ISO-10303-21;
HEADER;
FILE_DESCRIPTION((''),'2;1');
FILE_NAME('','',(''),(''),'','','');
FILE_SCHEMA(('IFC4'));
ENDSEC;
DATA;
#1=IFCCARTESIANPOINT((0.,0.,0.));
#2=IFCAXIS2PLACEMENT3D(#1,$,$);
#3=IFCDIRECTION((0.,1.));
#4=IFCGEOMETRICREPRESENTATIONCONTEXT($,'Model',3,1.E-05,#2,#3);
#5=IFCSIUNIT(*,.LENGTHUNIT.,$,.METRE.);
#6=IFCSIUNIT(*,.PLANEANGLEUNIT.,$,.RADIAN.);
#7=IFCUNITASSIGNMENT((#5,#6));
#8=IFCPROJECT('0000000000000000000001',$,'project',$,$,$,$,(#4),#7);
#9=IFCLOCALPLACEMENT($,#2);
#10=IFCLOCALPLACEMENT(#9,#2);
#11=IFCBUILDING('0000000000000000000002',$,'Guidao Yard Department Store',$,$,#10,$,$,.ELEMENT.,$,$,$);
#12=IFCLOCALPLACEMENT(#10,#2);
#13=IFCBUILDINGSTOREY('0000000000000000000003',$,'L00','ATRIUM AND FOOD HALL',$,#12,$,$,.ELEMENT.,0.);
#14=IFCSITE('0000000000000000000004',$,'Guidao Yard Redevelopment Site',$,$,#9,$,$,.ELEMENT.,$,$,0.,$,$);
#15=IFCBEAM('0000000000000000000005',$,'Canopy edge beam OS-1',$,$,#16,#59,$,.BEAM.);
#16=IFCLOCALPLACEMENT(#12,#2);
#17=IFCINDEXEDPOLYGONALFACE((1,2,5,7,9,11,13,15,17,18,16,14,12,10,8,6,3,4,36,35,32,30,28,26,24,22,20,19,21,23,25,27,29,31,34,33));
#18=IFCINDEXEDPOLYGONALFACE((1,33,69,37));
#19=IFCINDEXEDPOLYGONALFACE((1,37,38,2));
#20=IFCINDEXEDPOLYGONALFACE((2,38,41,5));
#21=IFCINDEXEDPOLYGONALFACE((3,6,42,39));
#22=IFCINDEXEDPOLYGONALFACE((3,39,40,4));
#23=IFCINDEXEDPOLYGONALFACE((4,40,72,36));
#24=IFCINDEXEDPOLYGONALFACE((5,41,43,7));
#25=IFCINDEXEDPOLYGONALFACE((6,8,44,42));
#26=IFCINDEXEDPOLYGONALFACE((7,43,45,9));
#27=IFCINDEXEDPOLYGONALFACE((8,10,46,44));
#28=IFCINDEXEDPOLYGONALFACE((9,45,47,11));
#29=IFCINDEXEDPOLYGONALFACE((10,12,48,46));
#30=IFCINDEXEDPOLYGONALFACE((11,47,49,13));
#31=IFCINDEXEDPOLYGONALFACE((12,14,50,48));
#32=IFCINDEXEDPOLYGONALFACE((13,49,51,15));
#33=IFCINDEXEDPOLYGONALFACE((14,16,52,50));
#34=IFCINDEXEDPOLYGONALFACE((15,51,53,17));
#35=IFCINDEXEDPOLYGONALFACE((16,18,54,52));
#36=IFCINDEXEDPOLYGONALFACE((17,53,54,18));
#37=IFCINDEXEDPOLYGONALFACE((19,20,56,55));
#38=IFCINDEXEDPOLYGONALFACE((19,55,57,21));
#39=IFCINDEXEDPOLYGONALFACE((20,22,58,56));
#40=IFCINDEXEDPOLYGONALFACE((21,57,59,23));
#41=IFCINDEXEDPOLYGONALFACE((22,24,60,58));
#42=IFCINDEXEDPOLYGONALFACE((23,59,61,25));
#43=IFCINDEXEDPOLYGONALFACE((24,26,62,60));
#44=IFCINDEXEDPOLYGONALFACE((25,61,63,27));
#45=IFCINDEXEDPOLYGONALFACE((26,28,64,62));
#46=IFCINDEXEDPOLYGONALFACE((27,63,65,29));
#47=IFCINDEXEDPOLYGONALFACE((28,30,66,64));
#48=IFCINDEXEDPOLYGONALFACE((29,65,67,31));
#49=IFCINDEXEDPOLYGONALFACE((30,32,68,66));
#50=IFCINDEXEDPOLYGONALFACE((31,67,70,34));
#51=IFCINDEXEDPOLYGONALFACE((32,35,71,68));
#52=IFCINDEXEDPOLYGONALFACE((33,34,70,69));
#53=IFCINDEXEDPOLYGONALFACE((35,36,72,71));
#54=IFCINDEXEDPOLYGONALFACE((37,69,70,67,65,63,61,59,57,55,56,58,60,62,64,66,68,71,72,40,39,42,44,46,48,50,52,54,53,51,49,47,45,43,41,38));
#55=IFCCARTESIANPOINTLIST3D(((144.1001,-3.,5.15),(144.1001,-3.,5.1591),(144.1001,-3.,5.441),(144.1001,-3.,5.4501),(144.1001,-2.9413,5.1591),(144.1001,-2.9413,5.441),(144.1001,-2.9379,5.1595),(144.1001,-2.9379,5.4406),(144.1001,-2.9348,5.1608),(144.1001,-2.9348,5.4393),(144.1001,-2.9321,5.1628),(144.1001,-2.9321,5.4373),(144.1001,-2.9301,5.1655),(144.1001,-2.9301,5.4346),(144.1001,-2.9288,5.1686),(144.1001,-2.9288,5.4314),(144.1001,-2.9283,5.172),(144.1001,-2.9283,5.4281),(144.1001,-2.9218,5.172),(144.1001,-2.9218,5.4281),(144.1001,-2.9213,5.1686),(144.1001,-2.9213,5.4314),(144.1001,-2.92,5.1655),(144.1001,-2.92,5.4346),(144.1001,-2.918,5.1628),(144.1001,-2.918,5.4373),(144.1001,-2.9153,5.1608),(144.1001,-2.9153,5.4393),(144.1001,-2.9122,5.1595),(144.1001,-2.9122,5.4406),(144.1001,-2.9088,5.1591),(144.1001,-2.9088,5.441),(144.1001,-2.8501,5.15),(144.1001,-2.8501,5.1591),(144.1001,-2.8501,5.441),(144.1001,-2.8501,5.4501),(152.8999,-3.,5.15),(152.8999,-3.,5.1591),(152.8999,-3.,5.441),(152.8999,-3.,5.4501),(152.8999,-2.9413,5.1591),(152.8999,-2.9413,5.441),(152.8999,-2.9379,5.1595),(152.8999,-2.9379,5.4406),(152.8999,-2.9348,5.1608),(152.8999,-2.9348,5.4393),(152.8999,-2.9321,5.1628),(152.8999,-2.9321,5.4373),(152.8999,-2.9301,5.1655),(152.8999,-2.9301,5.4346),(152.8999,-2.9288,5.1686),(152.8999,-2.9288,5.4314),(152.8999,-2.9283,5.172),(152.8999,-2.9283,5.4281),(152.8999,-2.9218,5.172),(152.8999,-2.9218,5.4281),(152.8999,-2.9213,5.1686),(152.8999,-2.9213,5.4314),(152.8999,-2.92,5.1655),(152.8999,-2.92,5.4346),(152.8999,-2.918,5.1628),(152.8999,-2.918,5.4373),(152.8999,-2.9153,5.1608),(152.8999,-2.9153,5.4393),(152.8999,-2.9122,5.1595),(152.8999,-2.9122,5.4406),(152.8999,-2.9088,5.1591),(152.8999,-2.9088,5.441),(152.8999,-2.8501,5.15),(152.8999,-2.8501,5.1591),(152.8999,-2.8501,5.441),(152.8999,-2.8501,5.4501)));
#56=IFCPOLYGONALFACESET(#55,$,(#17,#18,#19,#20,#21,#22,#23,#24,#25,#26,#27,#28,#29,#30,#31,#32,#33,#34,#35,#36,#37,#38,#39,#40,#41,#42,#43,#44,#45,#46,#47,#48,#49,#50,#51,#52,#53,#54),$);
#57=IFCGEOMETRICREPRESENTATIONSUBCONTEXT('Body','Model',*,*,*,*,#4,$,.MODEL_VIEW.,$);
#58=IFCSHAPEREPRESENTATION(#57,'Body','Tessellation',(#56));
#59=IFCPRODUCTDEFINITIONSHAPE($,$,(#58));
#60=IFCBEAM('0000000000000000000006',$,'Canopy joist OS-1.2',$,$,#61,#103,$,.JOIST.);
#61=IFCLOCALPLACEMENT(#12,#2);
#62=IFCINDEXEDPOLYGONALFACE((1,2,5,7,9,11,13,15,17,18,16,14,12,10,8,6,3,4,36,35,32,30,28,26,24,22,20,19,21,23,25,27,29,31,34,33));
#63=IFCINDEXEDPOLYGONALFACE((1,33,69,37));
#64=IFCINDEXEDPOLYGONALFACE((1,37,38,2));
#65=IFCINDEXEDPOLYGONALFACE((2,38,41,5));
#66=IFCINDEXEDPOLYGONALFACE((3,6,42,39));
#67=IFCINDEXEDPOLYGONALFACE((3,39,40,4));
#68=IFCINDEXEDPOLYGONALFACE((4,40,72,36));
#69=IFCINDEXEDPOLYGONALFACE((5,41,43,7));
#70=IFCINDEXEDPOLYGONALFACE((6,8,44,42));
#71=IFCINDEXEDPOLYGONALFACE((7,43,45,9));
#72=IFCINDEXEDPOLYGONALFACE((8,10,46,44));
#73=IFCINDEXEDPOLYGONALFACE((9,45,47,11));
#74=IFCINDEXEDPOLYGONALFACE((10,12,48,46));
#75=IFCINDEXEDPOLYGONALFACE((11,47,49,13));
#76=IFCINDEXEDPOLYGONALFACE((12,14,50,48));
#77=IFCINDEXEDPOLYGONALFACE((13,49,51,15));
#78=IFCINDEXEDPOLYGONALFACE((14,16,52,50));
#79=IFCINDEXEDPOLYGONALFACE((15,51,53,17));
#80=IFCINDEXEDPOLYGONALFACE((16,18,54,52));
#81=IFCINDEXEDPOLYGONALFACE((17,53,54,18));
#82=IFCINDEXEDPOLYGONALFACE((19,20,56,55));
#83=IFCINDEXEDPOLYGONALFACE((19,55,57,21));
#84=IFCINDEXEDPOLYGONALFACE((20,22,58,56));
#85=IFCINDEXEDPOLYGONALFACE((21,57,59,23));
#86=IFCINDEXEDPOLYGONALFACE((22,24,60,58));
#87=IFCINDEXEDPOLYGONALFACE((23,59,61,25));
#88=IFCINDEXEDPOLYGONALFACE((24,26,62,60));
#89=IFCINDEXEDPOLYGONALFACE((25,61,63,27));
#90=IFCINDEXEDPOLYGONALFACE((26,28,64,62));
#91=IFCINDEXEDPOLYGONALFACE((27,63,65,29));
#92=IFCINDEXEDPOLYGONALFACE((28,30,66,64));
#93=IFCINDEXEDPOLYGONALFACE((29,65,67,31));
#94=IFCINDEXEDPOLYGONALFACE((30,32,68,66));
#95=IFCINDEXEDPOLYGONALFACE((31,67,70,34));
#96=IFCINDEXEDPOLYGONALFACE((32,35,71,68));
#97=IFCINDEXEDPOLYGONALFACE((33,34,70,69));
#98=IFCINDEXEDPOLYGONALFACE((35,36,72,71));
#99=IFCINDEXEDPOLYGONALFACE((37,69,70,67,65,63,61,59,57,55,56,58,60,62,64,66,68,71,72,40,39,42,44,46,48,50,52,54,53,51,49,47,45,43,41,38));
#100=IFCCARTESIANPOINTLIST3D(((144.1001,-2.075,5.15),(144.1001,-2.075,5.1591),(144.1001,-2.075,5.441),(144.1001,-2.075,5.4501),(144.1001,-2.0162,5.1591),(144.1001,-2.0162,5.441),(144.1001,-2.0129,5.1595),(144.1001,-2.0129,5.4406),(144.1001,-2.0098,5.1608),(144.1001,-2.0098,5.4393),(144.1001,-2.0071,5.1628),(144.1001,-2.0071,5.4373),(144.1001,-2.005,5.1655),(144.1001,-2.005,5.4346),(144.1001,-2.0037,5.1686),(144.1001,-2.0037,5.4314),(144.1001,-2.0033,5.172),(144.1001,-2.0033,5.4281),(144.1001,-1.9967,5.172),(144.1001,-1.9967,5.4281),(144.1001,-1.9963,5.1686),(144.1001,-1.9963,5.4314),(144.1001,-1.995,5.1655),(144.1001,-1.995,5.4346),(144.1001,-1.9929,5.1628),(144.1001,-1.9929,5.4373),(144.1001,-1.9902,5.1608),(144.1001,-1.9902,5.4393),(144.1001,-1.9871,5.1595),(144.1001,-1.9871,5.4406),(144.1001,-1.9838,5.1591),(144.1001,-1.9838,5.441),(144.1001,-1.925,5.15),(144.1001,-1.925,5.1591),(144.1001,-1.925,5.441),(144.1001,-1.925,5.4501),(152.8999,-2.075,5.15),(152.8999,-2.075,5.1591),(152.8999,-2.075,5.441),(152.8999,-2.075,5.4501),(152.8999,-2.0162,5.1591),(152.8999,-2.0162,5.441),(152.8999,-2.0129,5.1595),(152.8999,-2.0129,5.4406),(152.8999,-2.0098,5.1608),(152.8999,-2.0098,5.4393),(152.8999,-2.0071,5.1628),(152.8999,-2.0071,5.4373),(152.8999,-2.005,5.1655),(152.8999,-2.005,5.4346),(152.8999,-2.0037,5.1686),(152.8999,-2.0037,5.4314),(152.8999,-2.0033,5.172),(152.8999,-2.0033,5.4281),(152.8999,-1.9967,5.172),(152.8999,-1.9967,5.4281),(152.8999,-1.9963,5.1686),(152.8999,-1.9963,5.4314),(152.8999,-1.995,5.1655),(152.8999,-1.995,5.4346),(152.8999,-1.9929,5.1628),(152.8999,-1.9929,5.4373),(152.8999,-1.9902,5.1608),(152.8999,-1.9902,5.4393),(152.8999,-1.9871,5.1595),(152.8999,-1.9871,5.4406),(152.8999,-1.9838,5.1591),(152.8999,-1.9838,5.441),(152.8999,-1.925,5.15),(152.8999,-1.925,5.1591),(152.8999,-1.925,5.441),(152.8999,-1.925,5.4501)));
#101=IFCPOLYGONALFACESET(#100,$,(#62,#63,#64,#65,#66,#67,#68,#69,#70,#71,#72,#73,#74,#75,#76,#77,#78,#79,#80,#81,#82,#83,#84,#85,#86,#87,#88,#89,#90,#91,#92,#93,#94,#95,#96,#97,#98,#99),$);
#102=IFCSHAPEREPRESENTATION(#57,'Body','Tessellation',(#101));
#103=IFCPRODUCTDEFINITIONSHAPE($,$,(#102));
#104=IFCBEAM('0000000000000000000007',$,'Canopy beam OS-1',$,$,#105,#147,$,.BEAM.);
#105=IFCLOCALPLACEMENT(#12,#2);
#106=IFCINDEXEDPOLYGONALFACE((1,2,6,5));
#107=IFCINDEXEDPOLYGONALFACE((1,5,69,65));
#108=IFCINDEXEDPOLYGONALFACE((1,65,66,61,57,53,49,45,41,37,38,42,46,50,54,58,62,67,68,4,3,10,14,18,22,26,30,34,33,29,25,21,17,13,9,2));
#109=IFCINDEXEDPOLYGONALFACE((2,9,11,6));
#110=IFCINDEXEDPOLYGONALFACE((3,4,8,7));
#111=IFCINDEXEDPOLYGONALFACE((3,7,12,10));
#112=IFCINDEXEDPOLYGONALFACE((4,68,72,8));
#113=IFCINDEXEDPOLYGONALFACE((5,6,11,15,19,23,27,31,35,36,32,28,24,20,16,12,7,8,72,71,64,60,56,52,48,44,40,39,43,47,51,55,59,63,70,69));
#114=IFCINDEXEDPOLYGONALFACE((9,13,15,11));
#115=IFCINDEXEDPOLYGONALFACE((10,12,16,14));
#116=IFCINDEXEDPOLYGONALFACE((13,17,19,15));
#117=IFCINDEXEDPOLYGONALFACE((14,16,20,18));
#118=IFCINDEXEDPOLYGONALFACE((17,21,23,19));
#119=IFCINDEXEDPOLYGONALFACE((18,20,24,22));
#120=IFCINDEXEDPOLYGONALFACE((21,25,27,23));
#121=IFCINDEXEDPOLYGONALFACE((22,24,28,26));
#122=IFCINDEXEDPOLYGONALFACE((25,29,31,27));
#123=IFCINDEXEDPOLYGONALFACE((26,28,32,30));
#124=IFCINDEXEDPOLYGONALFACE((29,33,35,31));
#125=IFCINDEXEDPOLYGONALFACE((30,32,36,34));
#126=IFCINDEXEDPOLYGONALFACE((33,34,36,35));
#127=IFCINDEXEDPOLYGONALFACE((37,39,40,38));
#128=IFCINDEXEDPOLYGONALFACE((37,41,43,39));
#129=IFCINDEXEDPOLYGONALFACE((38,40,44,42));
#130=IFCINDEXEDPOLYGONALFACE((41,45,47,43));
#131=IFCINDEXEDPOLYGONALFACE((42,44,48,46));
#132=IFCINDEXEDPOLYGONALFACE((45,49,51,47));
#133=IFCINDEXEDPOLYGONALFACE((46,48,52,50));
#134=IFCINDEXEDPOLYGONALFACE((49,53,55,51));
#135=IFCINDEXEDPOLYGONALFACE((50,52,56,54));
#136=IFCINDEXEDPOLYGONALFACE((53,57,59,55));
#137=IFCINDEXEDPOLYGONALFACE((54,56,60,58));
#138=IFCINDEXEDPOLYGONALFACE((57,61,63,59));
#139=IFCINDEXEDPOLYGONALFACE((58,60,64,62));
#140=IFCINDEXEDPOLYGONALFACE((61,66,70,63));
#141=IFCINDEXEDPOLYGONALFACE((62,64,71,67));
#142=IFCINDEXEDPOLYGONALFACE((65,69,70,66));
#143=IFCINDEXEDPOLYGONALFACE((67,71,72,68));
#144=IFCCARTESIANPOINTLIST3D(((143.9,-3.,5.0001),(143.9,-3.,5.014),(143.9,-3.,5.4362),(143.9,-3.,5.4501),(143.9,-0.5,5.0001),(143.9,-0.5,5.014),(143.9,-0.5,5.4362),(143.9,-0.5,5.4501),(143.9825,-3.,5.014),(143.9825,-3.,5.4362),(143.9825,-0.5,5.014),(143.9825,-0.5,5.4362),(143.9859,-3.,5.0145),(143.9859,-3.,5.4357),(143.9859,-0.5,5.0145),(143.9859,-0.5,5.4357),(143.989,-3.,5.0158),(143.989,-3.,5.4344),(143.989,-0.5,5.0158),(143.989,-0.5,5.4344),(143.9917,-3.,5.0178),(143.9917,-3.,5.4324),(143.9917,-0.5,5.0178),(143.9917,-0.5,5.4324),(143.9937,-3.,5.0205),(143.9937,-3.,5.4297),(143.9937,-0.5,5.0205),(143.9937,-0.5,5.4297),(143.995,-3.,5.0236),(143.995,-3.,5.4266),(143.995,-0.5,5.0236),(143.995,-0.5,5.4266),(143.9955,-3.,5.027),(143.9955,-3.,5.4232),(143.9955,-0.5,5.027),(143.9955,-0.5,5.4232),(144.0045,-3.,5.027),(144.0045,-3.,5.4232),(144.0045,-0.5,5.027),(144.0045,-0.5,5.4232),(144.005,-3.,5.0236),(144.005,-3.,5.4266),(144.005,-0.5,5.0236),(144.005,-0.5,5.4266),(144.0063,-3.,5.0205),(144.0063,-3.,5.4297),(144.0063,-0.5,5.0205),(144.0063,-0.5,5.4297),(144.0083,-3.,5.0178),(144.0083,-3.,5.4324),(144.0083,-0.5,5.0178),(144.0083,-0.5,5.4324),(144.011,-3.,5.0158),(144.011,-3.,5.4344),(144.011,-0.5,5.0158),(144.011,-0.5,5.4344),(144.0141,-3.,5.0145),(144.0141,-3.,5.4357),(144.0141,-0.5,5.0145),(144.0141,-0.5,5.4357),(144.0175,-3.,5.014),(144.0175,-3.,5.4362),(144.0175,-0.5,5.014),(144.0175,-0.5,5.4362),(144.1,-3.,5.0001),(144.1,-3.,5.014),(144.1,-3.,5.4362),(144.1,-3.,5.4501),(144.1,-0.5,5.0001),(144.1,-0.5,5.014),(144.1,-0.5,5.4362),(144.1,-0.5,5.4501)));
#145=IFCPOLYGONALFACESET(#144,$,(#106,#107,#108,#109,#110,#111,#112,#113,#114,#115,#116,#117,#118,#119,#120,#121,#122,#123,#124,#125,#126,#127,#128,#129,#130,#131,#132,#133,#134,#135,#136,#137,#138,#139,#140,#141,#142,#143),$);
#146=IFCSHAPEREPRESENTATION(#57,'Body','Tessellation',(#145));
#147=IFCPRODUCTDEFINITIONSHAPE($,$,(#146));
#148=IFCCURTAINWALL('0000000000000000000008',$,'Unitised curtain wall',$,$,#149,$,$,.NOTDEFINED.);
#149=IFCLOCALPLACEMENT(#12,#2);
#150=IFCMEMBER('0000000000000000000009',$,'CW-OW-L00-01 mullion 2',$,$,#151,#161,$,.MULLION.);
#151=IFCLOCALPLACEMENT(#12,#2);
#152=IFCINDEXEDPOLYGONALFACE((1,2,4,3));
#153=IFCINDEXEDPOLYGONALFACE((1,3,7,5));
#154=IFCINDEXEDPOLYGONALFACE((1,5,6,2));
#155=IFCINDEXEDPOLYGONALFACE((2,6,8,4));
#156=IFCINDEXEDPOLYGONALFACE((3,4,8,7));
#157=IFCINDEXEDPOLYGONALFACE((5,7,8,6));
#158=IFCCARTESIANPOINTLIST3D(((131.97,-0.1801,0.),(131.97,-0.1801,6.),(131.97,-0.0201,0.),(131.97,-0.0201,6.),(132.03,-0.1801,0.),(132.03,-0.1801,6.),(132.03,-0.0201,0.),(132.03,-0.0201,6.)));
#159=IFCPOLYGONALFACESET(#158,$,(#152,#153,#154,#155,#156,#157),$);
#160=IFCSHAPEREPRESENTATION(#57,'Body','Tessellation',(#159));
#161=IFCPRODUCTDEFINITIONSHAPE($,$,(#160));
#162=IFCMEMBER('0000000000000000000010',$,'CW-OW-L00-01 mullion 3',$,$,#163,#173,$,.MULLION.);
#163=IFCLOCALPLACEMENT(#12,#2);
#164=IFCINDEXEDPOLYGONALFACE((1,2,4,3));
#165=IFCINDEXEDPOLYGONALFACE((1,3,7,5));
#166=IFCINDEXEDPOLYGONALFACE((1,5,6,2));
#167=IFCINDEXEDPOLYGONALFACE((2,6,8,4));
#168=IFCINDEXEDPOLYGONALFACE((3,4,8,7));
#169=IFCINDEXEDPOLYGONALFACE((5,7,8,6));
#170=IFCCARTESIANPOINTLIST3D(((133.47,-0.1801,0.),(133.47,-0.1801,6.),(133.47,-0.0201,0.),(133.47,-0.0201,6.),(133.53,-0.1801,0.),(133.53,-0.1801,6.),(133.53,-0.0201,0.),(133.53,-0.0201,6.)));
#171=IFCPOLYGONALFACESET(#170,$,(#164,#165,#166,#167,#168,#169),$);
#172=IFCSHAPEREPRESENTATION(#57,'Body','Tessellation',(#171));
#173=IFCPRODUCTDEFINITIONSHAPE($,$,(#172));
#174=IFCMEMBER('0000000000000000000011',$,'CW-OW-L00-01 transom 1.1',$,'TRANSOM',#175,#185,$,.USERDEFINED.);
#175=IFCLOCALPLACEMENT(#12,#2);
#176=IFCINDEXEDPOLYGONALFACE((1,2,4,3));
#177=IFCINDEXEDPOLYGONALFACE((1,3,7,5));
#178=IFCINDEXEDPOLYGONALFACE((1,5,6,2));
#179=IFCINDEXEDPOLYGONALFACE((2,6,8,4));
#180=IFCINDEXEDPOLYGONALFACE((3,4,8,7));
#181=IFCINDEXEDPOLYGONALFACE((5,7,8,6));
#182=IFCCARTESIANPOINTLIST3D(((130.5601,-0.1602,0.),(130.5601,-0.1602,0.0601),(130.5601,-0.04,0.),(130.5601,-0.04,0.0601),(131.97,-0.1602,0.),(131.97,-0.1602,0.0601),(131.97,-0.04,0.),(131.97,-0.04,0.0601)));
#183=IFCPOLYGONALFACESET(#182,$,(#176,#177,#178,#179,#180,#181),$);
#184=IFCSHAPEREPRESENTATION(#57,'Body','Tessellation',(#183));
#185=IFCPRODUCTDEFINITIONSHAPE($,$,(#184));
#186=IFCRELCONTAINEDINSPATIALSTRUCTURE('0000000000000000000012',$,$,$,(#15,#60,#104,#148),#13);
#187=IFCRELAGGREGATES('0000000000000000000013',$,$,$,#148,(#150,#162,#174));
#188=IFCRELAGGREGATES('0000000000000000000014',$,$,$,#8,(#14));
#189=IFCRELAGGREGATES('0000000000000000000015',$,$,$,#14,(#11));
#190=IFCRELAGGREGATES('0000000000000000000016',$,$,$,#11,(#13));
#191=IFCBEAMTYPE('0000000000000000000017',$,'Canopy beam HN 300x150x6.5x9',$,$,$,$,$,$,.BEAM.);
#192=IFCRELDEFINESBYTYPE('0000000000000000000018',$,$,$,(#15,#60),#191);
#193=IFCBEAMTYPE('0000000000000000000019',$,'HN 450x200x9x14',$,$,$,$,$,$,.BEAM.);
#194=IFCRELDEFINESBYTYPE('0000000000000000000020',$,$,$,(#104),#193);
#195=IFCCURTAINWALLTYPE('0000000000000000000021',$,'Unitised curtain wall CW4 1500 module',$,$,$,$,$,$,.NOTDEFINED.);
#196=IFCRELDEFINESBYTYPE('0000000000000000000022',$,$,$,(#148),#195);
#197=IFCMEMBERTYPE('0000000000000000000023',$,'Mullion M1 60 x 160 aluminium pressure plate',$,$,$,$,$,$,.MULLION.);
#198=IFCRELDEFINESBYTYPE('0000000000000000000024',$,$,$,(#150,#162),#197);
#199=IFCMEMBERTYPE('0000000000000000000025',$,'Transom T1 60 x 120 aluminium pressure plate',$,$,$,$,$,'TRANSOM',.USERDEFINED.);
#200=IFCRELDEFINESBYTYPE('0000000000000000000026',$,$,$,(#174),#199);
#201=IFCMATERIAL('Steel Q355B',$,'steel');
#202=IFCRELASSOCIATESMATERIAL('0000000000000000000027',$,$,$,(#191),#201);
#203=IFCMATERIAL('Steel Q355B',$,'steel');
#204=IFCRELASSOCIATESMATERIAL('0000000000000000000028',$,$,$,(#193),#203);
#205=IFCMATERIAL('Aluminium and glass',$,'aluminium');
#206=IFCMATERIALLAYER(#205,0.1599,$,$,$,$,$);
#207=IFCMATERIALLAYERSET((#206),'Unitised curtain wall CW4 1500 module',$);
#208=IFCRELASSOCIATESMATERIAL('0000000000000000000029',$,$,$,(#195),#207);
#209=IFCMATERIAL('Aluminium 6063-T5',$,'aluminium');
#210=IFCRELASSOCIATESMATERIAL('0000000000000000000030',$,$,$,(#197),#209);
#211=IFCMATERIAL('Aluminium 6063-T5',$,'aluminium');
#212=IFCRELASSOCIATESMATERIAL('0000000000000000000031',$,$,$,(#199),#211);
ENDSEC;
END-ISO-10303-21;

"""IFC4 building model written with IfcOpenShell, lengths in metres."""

from ifc_helpers import new_model, si_unit, direction, frame, origin, origin_2d, place, context, subcontext, project, spatial, rectangle, i_section, extrude, material, layer, layer_set, material_profile, profile_set, type_object, element, aggregate, save


model = new_model("IFC4")

# Units and contexts
model_context = context("Model", 3, precision=1e-05, world=origin(), true_north=direction((0.0, 1.0)))
body_context = subcontext(model_context, "Body", "Model", "MODEL_VIEW")
ifc_project = project(units=[si_unit("LENGTHUNIT", "METRE"), si_unit("PLANEANGLEUNIT", "RADIAN")], contexts=[model_context])

# Site, building, storey
site_placement = place(None, origin())
site = spatial("IfcSite", under=ifc_project, at=site_placement, Name="Guidao Yard Redevelopment Site", CompositionType="ELEMENT", RefElevation=0.0)
building_placement = place(site_placement, origin())
building = spatial("IfcBuilding", under=site, at=building_placement, Name="Guidao Yard Department Store", CompositionType="ELEMENT")
storey_placement = place(building_placement, origin())
storey = spatial("IfcBuildingStorey", under=building, at=storey_placement, Name="L00", Description="ATRIUM AND FOOD HALL", CompositionType="ELEMENT", Elevation=0.0)

# Beams
ifc_material_1 = material(Name="Steel Q355B", Category="steel")
ifc_material_profile_1 = material_profile(ifc_material_1, i_section(OverallWidth=0.1499, OverallDepth=0.3, WebThickness=0.0066, FlangeThickness=0.009, FilletRadius=0.0129, at=origin_2d()), Name="HN 300x150x6.5x9")
ifc_profile_set_1 = profile_set([ifc_material_profile_1], Name="Steel Q355B")
beam_type_1 = type_object("IfcBeamType", Name="Canopy beam HN 300x150x6.5x9", PredefinedType="BEAM", material=ifc_profile_set_1)
beam_1_placement = place(storey_placement, frame((144.1001, -2.925, 5.3), z_axis=(1.0, 0.0, 0.0), x_axis=(0.0, 1.0, 0.0)))
element("IfcBeam", 1, at=beam_1_placement, inside=storey, type_object=beam_type_1, Name="Canopy edge beam OS-1", PredefinedType="BEAM", context=body_context, shape_type="SweptSolid", body=[
    extrude(i_section(OverallWidth=0.1499, OverallDepth=0.3, WebThickness=0.0066, FlangeThickness=0.009, FilletRadius=0.0129, at=origin_2d()), origin(), (0.0, 0.0, 1.0), 8.7998),
])
beam_2_placement = place(storey_placement, frame((144.1001, -2.0, 5.3), z_axis=(1.0, 0.0, 0.0), x_axis=(0.0, 1.0, 0.0)))
element("IfcBeam", 2, at=beam_2_placement, inside=storey, type_object=beam_type_1, Name="Canopy joist OS-1.2", PredefinedType="JOIST", context=body_context, shape_type="SweptSolid", body=[
    extrude(i_section(OverallWidth=0.1499, OverallDepth=0.3, WebThickness=0.0066, FlangeThickness=0.009, FilletRadius=0.0129, at=origin_2d()), origin(), (0.0, 0.0, 1.0), 8.7998),
])
ifc_material_2 = material(Name="Steel Q355B", Category="steel")
ifc_material_profile_2 = material_profile(ifc_material_2, i_section(OverallWidth=0.2, OverallDepth=0.45, WebThickness=0.009, FlangeThickness=0.0139, FilletRadius=0.0129, at=origin_2d()), Name="HN 450x200x9x14")
ifc_profile_set_2 = profile_set([ifc_material_profile_2], Name="Steel Q355B")
beam_type_2 = type_object("IfcBeamType", Name="HN 450x200x9x14", PredefinedType="BEAM", material=ifc_profile_set_2)
beam_3_placement = place(storey_placement, frame((144.0, -0.5, 5.2251), z_axis=(0.0, -1.0, 0.0), x_axis=(1.0, 0.0, 0.0)))
element("IfcBeam", 3, at=beam_3_placement, inside=storey, type_object=beam_type_2, Name="Canopy beam OS-1", PredefinedType="BEAM", context=body_context, shape_type="SweptSolid", body=[
    extrude(i_section(OverallWidth=0.2, OverallDepth=0.45, WebThickness=0.009, FlangeThickness=0.0139, FilletRadius=0.0129, at=origin_2d()), origin(), (0.0, 0.0, 1.0), 2.5),
])

# Curtain wall, members
ifc_material_3 = material(Name="Aluminium and glass", Category="aluminium")
ifc_layer_1 = layer(ifc_material_3, 0.1599)
ifc_layer_set_1 = layer_set([ifc_layer_1], Name="Unitised curtain wall CW4 1500 module")
curtain_wall_type = type_object("IfcCurtainWallType", Name="Unitised curtain wall CW4 1500 module", PredefinedType="NOTDEFINED", material=ifc_layer_set_1)
curtain_wall_placement = place(storey_placement, origin())
curtain_wall = element("IfcCurtainWall", 4, at=curtain_wall_placement, inside=storey, type_object=curtain_wall_type, Name="Unitised curtain wall", PredefinedType="NOTDEFINED")
ifc_material_4 = material(Name="Aluminium 6063-T5", Category="aluminium")
ifc_material_profile_3 = material_profile(ifc_material_4, rectangle(XDim=0.0601, YDim=0.1599, at=origin_2d()), Name="Mullion M1 60 x 160 aluminium pressure plate")
ifc_profile_set_3 = profile_set([ifc_material_profile_3], Name="Aluminium 6063-T5")
member_type_1 = type_object("IfcMemberType", Name="Mullion M1 60 x 160 aluminium pressure plate", PredefinedType="MULLION", material=ifc_profile_set_3)
member_1_placement = place(storey_placement, frame((132.0, -0.1001, 0.0), z_axis=(0.0, 0.0, 1.0), x_axis=(-1.0, 0.0, 0.0)))
member_1 = element("IfcMember", 5, at=member_1_placement, type_object=member_type_1, Name="CW-OW-L00-01 mullion 2", PredefinedType="MULLION", context=body_context, shape_type="SweptSolid", body=[
    extrude(rectangle(XDim=0.0601, YDim=0.1599, at=origin_2d()), origin(), (0.0, 0.0, 1.0), 6.0),
])
member_2_placement = place(storey_placement, frame((133.5, -0.1001, 0.0), z_axis=(0.0, 0.0, 1.0), x_axis=(-1.0, 0.0, 0.0)))
member_2 = element("IfcMember", 6, at=member_2_placement, type_object=member_type_1, Name="CW-OW-L00-01 mullion 3", PredefinedType="MULLION", context=body_context, shape_type="SweptSolid", body=[
    extrude(rectangle(XDim=0.0601, YDim=0.1599, at=origin_2d()), origin(), (0.0, 0.0, 1.0), 6.0),
])
ifc_material_5 = material(Name="Aluminium 6063-T5", Category="aluminium")
ifc_material_profile_4 = material_profile(ifc_material_5, rectangle(XDim=0.1201, YDim=0.0601, at=origin_2d()), Name="Transom T1 60 x 120 aluminium pressure plate")
ifc_profile_set_4 = profile_set([ifc_material_profile_4], Name="Aluminium 6063-T5")
member_type_2 = type_object("IfcMemberType", Name="Transom T1 60 x 120 aluminium pressure plate", ElementType="TRANSOM", PredefinedType="USERDEFINED", material=ifc_profile_set_4)
member_3_placement = place(storey_placement, frame((131.97, -0.1001, 0.03), z_axis=(-1.0, 0.0, 0.0), x_axis=(0.0, -1.0, 0.0)))
member_3 = element("IfcMember", 7, at=member_3_placement, type_object=member_type_2, Name="CW-OW-L00-01 transom 1.1", ObjectType="TRANSOM", PredefinedType="USERDEFINED", context=body_context, shape_type="SweptSolid", body=[
    extrude(rectangle(XDim=0.1201, YDim=0.0601, at=origin_2d()), origin(), (0.0, 0.0, 1.0), 1.4099),
])
aggregate(curtain_wall, [member_1, member_2, member_3])

save(model, "model.ifc")
